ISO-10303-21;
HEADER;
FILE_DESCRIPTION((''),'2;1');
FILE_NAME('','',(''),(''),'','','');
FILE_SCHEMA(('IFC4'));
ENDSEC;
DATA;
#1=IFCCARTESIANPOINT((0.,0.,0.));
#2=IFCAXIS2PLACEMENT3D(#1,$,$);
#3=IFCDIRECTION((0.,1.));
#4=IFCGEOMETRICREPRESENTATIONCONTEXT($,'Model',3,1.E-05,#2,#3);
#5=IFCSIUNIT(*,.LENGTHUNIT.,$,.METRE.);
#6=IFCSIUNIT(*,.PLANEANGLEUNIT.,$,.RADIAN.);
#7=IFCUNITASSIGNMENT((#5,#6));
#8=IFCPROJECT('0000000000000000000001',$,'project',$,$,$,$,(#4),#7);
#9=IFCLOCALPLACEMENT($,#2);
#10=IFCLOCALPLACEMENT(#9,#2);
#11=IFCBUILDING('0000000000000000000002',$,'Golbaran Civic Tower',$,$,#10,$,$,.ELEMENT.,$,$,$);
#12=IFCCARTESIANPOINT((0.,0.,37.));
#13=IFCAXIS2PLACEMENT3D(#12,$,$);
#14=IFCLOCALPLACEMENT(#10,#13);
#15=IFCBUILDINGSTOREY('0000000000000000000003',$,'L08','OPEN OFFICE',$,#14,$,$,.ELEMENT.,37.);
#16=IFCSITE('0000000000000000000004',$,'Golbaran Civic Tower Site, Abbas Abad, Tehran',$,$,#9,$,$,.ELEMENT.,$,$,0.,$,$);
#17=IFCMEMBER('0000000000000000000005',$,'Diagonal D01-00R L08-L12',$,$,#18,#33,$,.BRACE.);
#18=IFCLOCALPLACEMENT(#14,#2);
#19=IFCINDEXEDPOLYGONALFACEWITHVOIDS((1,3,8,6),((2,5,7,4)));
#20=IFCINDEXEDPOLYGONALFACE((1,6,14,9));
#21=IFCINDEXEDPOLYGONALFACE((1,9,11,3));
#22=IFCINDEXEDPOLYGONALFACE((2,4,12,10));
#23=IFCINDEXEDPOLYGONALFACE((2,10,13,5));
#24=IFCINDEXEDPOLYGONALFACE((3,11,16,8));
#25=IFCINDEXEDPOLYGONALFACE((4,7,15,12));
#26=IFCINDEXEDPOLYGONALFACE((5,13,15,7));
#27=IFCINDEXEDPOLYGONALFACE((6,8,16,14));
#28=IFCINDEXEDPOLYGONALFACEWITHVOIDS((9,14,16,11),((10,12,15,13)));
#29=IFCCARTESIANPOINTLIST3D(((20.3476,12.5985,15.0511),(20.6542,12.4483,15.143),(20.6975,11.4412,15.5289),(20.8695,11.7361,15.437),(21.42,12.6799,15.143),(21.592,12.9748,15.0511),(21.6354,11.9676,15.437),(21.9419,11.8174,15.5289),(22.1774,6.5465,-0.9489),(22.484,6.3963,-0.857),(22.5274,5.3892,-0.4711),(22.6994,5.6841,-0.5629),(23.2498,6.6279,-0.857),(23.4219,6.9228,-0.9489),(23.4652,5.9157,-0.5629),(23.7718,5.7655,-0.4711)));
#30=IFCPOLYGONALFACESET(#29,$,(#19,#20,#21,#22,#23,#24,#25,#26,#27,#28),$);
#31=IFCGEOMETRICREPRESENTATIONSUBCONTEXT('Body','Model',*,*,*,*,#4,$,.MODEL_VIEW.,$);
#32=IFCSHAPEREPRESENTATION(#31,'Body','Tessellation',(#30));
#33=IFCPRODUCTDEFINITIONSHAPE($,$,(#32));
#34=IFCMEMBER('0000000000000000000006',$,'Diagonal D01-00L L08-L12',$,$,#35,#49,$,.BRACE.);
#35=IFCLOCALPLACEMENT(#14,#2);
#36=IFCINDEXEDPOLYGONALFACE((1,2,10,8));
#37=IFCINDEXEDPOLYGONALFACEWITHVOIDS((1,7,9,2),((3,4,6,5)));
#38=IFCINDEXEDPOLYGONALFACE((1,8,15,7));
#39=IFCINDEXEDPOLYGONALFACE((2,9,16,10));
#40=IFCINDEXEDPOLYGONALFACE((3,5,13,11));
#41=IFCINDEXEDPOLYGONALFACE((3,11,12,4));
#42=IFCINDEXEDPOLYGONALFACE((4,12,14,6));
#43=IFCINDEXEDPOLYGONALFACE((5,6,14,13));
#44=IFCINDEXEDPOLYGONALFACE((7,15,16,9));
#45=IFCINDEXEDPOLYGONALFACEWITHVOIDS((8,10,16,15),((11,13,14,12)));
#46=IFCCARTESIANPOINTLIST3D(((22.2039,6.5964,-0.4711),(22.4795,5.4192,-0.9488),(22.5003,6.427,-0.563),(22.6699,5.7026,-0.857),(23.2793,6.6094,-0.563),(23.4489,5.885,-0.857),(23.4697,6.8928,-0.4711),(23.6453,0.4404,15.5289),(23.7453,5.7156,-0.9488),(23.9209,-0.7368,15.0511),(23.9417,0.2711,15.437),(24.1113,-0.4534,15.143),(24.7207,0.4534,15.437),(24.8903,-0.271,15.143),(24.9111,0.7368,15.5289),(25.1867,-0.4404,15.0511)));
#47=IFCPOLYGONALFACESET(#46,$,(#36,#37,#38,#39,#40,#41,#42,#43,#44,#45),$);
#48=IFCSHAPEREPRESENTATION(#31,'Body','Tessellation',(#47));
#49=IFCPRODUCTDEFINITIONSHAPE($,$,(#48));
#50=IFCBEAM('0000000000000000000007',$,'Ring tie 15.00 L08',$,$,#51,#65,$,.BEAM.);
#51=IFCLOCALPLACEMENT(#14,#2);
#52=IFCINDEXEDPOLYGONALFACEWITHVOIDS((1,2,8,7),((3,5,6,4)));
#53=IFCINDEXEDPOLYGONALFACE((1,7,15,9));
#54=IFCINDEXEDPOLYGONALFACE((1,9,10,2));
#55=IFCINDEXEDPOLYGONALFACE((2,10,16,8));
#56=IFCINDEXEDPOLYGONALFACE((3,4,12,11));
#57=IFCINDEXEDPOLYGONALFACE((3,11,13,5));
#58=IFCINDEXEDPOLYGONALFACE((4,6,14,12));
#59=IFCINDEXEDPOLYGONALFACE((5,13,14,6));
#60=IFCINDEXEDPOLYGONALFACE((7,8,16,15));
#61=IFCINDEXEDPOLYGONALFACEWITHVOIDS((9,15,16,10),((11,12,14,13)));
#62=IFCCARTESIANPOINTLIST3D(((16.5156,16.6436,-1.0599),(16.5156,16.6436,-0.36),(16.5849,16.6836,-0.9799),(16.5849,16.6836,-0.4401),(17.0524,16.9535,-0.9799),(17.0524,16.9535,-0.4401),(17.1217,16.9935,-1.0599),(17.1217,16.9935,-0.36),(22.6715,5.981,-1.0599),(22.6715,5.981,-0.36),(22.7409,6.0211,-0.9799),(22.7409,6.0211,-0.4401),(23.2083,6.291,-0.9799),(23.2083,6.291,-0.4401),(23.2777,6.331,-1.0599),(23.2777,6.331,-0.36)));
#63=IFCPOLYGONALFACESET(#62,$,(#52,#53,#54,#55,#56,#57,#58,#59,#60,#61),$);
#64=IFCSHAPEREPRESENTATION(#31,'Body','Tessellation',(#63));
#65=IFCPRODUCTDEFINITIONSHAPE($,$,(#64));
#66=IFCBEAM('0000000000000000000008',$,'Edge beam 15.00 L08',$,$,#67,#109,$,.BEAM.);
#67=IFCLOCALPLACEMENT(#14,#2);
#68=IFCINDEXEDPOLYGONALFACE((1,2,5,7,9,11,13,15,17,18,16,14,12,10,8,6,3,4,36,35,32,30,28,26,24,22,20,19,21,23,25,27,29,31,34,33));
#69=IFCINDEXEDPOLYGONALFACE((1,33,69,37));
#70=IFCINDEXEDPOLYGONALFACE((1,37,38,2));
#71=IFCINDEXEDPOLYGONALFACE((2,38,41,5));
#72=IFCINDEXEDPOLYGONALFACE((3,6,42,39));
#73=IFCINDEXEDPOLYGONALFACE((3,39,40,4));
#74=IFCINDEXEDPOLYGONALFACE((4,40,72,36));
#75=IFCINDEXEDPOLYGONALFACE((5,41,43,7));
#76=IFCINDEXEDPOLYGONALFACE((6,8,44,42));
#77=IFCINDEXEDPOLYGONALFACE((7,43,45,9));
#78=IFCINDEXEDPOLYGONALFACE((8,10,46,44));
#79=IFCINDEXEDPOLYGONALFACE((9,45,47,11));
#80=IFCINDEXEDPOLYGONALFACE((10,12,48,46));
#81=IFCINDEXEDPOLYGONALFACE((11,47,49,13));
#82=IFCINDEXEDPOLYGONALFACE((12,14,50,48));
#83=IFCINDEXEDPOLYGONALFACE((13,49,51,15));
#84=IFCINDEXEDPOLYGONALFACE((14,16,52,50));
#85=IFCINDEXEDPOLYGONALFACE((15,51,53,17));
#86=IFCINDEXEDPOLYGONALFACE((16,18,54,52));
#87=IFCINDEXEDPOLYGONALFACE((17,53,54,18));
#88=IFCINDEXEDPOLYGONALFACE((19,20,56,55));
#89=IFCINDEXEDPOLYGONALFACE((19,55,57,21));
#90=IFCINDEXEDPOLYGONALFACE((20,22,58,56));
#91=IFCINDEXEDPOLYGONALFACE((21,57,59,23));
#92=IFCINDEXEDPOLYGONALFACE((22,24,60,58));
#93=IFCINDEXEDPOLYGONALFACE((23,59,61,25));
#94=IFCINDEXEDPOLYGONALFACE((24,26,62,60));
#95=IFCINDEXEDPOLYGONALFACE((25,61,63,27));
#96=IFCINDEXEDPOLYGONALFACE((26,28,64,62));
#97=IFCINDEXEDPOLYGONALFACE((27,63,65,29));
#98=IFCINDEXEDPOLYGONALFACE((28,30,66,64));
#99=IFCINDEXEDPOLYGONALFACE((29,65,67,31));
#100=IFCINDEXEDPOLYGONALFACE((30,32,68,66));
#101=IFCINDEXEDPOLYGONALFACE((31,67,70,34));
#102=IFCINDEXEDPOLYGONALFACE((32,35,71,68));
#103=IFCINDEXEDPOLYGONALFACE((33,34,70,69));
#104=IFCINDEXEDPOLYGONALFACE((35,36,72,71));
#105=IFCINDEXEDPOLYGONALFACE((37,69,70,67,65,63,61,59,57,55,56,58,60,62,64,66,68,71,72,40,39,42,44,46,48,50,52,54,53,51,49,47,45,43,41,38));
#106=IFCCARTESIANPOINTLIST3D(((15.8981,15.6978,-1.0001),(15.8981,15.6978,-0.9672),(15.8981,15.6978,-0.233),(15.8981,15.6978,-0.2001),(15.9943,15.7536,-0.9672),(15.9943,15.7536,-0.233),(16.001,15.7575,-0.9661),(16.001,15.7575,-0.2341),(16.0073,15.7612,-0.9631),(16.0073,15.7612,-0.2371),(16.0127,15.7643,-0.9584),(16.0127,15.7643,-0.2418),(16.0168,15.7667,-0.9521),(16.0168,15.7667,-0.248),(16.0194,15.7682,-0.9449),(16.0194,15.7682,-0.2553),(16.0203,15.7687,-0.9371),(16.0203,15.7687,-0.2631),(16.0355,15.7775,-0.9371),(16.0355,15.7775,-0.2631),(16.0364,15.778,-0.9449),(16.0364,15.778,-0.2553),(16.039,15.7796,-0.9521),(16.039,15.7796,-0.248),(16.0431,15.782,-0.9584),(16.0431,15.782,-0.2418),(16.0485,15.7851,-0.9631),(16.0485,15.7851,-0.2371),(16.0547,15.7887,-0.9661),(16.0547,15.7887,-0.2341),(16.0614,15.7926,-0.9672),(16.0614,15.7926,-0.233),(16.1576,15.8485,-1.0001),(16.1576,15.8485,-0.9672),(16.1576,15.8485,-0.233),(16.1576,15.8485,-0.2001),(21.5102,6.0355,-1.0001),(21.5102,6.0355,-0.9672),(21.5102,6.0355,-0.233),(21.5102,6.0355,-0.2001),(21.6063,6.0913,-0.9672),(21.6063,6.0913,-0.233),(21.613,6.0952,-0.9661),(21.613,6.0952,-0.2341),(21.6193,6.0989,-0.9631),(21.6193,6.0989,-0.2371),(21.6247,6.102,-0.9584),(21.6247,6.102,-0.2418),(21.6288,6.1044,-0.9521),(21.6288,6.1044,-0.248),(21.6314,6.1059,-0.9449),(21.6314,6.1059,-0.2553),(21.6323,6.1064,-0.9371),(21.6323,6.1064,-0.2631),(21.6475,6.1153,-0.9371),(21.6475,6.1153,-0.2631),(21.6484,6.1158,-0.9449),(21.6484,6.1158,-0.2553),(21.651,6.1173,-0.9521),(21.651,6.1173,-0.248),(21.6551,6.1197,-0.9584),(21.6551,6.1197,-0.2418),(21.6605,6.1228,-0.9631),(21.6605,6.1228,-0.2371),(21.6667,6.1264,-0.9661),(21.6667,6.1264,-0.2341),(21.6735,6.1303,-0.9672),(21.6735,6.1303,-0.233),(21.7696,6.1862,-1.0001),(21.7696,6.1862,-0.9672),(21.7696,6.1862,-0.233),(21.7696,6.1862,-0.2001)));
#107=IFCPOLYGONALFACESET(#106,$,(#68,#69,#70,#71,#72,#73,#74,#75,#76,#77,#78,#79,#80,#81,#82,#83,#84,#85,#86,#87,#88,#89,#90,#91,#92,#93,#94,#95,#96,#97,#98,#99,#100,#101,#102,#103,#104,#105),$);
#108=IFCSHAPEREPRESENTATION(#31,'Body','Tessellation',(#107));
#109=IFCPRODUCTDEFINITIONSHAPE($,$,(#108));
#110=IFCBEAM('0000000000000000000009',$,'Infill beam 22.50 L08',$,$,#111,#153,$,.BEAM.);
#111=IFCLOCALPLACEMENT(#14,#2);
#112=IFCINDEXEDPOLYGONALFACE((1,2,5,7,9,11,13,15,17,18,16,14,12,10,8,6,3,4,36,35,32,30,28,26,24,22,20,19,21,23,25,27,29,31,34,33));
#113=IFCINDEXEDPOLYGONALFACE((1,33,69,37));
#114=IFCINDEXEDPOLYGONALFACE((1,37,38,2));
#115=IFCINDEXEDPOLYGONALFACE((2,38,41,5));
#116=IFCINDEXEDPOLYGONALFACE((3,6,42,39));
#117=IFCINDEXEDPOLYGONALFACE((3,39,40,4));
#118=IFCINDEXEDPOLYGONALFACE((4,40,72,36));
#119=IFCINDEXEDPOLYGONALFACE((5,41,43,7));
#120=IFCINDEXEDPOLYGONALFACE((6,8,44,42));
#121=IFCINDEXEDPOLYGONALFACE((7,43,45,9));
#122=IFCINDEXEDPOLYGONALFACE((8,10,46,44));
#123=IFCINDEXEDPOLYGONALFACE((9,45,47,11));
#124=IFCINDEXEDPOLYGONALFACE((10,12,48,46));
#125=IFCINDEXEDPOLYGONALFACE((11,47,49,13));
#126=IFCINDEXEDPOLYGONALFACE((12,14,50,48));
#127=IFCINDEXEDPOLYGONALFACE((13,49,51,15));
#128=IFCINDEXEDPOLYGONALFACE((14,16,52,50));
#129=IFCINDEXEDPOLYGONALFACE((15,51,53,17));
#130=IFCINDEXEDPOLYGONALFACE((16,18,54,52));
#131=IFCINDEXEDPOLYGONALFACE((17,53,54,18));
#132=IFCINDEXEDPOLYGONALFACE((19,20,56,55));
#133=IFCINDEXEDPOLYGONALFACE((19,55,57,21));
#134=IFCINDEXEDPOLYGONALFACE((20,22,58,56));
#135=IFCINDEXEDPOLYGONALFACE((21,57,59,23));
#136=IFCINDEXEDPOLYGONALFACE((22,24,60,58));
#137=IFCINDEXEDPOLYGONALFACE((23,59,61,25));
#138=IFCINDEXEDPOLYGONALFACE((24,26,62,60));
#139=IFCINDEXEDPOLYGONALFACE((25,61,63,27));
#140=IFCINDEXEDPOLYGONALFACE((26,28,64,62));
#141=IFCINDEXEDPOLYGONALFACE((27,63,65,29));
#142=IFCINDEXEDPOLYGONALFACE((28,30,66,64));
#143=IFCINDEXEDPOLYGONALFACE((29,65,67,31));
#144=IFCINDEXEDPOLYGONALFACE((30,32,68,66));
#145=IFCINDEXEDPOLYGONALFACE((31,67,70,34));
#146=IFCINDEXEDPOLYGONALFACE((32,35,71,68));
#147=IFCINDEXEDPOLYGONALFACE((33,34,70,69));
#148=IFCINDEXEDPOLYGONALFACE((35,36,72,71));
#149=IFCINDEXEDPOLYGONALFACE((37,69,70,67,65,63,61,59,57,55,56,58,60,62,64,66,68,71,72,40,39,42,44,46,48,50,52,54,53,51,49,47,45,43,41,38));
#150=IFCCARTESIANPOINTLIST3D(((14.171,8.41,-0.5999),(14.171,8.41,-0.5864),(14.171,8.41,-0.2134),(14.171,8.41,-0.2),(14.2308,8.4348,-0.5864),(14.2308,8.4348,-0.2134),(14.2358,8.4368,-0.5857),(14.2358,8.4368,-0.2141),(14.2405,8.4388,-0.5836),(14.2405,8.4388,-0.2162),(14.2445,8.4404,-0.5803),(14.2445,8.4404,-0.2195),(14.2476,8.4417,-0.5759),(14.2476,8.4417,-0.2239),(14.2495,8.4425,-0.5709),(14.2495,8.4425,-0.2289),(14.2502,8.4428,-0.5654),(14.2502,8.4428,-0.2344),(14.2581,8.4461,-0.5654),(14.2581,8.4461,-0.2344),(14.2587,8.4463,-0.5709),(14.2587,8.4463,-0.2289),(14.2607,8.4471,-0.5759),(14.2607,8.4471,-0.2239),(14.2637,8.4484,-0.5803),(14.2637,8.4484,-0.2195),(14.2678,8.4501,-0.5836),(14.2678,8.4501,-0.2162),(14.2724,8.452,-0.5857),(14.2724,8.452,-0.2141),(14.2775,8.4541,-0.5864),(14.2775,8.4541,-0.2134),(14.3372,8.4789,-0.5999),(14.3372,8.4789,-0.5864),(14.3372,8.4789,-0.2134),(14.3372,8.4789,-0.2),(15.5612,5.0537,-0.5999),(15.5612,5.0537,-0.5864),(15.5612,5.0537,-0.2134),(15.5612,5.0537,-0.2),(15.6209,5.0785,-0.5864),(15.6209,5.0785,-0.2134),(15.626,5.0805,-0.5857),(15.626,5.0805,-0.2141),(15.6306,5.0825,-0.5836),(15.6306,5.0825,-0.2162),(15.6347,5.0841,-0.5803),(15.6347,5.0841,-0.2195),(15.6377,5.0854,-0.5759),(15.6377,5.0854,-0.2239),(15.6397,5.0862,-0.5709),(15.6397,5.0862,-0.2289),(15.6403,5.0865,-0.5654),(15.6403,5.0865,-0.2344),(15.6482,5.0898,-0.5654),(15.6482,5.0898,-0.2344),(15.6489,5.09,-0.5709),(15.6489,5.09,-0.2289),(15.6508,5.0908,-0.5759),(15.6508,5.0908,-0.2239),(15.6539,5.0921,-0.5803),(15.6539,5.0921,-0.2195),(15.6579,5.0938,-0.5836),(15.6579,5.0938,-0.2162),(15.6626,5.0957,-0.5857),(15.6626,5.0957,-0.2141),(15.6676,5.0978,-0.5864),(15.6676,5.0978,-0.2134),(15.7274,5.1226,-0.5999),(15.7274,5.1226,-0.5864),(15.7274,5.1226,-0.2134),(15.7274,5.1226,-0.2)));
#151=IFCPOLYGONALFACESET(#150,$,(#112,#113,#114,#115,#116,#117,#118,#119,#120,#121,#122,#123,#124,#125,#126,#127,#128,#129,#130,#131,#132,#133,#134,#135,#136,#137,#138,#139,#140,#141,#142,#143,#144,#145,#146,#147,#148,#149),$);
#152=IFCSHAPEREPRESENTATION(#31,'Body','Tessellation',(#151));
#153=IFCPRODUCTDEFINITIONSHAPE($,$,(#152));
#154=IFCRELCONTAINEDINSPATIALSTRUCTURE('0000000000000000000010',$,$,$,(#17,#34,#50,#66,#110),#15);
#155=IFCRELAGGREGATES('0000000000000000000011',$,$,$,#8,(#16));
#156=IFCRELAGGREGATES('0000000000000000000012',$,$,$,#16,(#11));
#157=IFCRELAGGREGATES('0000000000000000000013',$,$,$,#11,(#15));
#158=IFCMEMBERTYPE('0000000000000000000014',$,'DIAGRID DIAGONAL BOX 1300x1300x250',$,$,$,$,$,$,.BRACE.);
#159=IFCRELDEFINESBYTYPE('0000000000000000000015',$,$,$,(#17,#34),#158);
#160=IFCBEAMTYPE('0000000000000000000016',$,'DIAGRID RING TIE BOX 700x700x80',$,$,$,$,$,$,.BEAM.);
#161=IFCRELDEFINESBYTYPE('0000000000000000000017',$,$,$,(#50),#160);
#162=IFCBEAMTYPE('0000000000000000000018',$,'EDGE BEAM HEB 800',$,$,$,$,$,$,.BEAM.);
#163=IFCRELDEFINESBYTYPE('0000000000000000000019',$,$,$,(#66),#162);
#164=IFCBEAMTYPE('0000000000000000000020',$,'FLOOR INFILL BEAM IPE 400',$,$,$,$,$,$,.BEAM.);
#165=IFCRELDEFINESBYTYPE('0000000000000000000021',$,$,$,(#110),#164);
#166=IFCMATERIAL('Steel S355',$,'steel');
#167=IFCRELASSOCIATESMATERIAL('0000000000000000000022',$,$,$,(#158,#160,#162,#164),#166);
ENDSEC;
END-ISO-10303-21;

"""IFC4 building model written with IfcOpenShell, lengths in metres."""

from ifc_helpers import new_model, si_unit, direction, frame, origin, origin_2d, place, context, subcontext, project, spatial, hollow_rectangle, i_section, extrude, material, material_profile, profile_set, type_object, element, save


model = new_model("IFC4")

# Units and contexts
model_context = context("Model", 3, precision=1e-05, world=origin(), true_north=direction((0.0, 1.0)))
body_context = subcontext(model_context, "Body", "Model", "MODEL_VIEW")
ifc_project = project(units=[si_unit("LENGTHUNIT", "METRE"), si_unit("PLANEANGLEUNIT", "RADIAN")], contexts=[model_context])

# Site, building, storey
site_placement = place(None, origin())
site = spatial("IfcSite", under=ifc_project, at=site_placement, Name="Golbaran Civic Tower Site, Abbas Abad, Tehran", CompositionType="ELEMENT", RefElevation=0.0)
building_placement = place(site_placement, origin())
building = spatial("IfcBuilding", under=site, at=building_placement, Name="Golbaran Civic Tower", CompositionType="ELEMENT")
storey_placement = place(building_placement, frame((0.0, 0.0, 37.0)))
storey = spatial("IfcBuildingStorey", under=building, at=storey_placement, Name="L08", Description="OPEN OFFICE", CompositionType="ELEMENT", Elevation=37.0)

# Members
ifc_material_1 = material(Name="Steel S355", Category="steel")
ifc_material_profile_1 = material_profile(ifc_material_1, hollow_rectangle(XDim=1.3, YDim=1.3, WallThickness=0.25, at=origin_2d()), Name="BOX 1300x1300x250")
ifc_profile_set_1 = profile_set([ifc_material_profile_1], Name="Steel S355")
member_type_1 = type_object("IfcMemberType", Name="DIAGRID DIAGONAL BOX 1300x1300x250", PredefinedType="BRACE", material=ifc_profile_set_1)
for number, where, z_axis, x_axis, name in (
    (1, (22.9746, 6.156, -0.71), (-0.106361, 0.35178, 0.93002), (-0.957204, -0.289413, 0.0), "Diagonal D01-00R L08-L12"),
    (2, (22.9746, 6.156, -0.71), (0.083784, -0.357826, 0.930022), (0.973666, 0.22798, 0.0), "Diagonal D01-00L L08-L12"),
):
    element("IfcMember", number, at=place(storey_placement, frame(where, z_axis=z_axis, x_axis=x_axis)), inside=storey, type_object=member_type_1, Name=name, PredefinedType="BRACE", context=body_context, shape_type="SweptSolid", body=[
        extrude(hollow_rectangle(XDim=1.3, YDim=1.3, WallThickness=0.25, at=origin_2d()), origin(), (0.0, 0.0, 1.0), 17.2039),
    ])

# Beams
ifc_material_profile_2 = material_profile(ifc_material_1, hollow_rectangle(XDim=0.7, YDim=0.7, WallThickness=0.0801, at=origin_2d()), Name="BOX 700x700x80")
ifc_profile_set_2 = profile_set([ifc_material_profile_2], Name="Steel S355")
beam_type_1 = type_object("IfcBeamType", Name="DIAGRID RING TIE BOX 700x700x80", PredefinedType="BEAM", material=ifc_profile_set_2)
beam_1_placement = place(storey_placement, frame((22.9746, 6.156, -0.71), z_axis=(-0.499997, 0.866027, 0.0), x_axis=(-0.866027, -0.499997, 0.0)))
element("IfcBeam", 3, at=beam_1_placement, inside=storey, type_object=beam_type_1, Name="Ring tie 15.00 L08", PredefinedType="BEAM", context=body_context, shape_type="SweptSolid", body=[
    extrude(hollow_rectangle(XDim=0.7, YDim=0.7, WallThickness=0.0801, at=origin_2d()), origin(), (0.0, 0.0, 1.0), 12.312),
])
ifc_material_profile_3 = material_profile(ifc_material_1, i_section(OverallWidth=0.3, OverallDepth=0.8, WebThickness=0.0176, FlangeThickness=0.033, FilletRadius=0.03, at=origin_2d()), Name="HEB 800")
ifc_profile_set_3 = profile_set([ifc_material_profile_3], Name="Steel S355")
beam_type_2 = type_object("IfcBeamType", Name="EDGE BEAM HEB 800", PredefinedType="BEAM", material=ifc_profile_set_3)
beam_2_placement = place(storey_placement, frame((21.6399, 6.1108, -0.6001), z_axis=(-0.502247, 0.864724, 0.0), x_axis=(-0.864724, -0.502247, 0.0)))
element("IfcBeam", 4, at=beam_2_placement, inside=storey, type_object=beam_type_2, Name="Edge beam 15.00 L08", PredefinedType="BEAM", context=body_context, shape_type="SweptSolid", body=[
    extrude(i_section(OverallWidth=0.3, OverallDepth=0.8, WebThickness=0.0176, FlangeThickness=0.033, FilletRadius=0.03, at=origin_2d()), origin(), (0.0, 0.0, 1.0), 11.1738),
])
ifc_material_profile_4 = material_profile(ifc_material_1, i_section(OverallWidth=0.1799, OverallDepth=0.3999, WebThickness=0.0085, FlangeThickness=0.0134, FilletRadius=0.021, at=origin_2d()), Name="IPE 400")
ifc_profile_set_4 = profile_set([ifc_material_profile_4], Name="Steel S355")
beam_type_3 = type_object("IfcBeamType", Name="FLOOR INFILL BEAM IPE 400", PredefinedType="BEAM", material=ifc_profile_set_4)
beam_3_placement = place(storey_placement, frame((15.6443, 5.0881, -0.3999), z_axis=(-0.382672, 0.923884, 0.0), x_axis=(-0.923884, -0.382672, 0.0)))
element("IfcBeam", 5, at=beam_3_placement, inside=storey, type_object=beam_type_3, Name="Infill beam 22.50 L08", PredefinedType="BEAM", context=body_context, shape_type="SweptSolid", body=[
    extrude(i_section(OverallWidth=0.1799, OverallDepth=0.3999, WebThickness=0.0085, FlangeThickness=0.0134, FilletRadius=0.021, at=origin_2d()), origin(), (0.0, 0.0, 1.0), 3.6328),
])

save(model, "model.ifc")
